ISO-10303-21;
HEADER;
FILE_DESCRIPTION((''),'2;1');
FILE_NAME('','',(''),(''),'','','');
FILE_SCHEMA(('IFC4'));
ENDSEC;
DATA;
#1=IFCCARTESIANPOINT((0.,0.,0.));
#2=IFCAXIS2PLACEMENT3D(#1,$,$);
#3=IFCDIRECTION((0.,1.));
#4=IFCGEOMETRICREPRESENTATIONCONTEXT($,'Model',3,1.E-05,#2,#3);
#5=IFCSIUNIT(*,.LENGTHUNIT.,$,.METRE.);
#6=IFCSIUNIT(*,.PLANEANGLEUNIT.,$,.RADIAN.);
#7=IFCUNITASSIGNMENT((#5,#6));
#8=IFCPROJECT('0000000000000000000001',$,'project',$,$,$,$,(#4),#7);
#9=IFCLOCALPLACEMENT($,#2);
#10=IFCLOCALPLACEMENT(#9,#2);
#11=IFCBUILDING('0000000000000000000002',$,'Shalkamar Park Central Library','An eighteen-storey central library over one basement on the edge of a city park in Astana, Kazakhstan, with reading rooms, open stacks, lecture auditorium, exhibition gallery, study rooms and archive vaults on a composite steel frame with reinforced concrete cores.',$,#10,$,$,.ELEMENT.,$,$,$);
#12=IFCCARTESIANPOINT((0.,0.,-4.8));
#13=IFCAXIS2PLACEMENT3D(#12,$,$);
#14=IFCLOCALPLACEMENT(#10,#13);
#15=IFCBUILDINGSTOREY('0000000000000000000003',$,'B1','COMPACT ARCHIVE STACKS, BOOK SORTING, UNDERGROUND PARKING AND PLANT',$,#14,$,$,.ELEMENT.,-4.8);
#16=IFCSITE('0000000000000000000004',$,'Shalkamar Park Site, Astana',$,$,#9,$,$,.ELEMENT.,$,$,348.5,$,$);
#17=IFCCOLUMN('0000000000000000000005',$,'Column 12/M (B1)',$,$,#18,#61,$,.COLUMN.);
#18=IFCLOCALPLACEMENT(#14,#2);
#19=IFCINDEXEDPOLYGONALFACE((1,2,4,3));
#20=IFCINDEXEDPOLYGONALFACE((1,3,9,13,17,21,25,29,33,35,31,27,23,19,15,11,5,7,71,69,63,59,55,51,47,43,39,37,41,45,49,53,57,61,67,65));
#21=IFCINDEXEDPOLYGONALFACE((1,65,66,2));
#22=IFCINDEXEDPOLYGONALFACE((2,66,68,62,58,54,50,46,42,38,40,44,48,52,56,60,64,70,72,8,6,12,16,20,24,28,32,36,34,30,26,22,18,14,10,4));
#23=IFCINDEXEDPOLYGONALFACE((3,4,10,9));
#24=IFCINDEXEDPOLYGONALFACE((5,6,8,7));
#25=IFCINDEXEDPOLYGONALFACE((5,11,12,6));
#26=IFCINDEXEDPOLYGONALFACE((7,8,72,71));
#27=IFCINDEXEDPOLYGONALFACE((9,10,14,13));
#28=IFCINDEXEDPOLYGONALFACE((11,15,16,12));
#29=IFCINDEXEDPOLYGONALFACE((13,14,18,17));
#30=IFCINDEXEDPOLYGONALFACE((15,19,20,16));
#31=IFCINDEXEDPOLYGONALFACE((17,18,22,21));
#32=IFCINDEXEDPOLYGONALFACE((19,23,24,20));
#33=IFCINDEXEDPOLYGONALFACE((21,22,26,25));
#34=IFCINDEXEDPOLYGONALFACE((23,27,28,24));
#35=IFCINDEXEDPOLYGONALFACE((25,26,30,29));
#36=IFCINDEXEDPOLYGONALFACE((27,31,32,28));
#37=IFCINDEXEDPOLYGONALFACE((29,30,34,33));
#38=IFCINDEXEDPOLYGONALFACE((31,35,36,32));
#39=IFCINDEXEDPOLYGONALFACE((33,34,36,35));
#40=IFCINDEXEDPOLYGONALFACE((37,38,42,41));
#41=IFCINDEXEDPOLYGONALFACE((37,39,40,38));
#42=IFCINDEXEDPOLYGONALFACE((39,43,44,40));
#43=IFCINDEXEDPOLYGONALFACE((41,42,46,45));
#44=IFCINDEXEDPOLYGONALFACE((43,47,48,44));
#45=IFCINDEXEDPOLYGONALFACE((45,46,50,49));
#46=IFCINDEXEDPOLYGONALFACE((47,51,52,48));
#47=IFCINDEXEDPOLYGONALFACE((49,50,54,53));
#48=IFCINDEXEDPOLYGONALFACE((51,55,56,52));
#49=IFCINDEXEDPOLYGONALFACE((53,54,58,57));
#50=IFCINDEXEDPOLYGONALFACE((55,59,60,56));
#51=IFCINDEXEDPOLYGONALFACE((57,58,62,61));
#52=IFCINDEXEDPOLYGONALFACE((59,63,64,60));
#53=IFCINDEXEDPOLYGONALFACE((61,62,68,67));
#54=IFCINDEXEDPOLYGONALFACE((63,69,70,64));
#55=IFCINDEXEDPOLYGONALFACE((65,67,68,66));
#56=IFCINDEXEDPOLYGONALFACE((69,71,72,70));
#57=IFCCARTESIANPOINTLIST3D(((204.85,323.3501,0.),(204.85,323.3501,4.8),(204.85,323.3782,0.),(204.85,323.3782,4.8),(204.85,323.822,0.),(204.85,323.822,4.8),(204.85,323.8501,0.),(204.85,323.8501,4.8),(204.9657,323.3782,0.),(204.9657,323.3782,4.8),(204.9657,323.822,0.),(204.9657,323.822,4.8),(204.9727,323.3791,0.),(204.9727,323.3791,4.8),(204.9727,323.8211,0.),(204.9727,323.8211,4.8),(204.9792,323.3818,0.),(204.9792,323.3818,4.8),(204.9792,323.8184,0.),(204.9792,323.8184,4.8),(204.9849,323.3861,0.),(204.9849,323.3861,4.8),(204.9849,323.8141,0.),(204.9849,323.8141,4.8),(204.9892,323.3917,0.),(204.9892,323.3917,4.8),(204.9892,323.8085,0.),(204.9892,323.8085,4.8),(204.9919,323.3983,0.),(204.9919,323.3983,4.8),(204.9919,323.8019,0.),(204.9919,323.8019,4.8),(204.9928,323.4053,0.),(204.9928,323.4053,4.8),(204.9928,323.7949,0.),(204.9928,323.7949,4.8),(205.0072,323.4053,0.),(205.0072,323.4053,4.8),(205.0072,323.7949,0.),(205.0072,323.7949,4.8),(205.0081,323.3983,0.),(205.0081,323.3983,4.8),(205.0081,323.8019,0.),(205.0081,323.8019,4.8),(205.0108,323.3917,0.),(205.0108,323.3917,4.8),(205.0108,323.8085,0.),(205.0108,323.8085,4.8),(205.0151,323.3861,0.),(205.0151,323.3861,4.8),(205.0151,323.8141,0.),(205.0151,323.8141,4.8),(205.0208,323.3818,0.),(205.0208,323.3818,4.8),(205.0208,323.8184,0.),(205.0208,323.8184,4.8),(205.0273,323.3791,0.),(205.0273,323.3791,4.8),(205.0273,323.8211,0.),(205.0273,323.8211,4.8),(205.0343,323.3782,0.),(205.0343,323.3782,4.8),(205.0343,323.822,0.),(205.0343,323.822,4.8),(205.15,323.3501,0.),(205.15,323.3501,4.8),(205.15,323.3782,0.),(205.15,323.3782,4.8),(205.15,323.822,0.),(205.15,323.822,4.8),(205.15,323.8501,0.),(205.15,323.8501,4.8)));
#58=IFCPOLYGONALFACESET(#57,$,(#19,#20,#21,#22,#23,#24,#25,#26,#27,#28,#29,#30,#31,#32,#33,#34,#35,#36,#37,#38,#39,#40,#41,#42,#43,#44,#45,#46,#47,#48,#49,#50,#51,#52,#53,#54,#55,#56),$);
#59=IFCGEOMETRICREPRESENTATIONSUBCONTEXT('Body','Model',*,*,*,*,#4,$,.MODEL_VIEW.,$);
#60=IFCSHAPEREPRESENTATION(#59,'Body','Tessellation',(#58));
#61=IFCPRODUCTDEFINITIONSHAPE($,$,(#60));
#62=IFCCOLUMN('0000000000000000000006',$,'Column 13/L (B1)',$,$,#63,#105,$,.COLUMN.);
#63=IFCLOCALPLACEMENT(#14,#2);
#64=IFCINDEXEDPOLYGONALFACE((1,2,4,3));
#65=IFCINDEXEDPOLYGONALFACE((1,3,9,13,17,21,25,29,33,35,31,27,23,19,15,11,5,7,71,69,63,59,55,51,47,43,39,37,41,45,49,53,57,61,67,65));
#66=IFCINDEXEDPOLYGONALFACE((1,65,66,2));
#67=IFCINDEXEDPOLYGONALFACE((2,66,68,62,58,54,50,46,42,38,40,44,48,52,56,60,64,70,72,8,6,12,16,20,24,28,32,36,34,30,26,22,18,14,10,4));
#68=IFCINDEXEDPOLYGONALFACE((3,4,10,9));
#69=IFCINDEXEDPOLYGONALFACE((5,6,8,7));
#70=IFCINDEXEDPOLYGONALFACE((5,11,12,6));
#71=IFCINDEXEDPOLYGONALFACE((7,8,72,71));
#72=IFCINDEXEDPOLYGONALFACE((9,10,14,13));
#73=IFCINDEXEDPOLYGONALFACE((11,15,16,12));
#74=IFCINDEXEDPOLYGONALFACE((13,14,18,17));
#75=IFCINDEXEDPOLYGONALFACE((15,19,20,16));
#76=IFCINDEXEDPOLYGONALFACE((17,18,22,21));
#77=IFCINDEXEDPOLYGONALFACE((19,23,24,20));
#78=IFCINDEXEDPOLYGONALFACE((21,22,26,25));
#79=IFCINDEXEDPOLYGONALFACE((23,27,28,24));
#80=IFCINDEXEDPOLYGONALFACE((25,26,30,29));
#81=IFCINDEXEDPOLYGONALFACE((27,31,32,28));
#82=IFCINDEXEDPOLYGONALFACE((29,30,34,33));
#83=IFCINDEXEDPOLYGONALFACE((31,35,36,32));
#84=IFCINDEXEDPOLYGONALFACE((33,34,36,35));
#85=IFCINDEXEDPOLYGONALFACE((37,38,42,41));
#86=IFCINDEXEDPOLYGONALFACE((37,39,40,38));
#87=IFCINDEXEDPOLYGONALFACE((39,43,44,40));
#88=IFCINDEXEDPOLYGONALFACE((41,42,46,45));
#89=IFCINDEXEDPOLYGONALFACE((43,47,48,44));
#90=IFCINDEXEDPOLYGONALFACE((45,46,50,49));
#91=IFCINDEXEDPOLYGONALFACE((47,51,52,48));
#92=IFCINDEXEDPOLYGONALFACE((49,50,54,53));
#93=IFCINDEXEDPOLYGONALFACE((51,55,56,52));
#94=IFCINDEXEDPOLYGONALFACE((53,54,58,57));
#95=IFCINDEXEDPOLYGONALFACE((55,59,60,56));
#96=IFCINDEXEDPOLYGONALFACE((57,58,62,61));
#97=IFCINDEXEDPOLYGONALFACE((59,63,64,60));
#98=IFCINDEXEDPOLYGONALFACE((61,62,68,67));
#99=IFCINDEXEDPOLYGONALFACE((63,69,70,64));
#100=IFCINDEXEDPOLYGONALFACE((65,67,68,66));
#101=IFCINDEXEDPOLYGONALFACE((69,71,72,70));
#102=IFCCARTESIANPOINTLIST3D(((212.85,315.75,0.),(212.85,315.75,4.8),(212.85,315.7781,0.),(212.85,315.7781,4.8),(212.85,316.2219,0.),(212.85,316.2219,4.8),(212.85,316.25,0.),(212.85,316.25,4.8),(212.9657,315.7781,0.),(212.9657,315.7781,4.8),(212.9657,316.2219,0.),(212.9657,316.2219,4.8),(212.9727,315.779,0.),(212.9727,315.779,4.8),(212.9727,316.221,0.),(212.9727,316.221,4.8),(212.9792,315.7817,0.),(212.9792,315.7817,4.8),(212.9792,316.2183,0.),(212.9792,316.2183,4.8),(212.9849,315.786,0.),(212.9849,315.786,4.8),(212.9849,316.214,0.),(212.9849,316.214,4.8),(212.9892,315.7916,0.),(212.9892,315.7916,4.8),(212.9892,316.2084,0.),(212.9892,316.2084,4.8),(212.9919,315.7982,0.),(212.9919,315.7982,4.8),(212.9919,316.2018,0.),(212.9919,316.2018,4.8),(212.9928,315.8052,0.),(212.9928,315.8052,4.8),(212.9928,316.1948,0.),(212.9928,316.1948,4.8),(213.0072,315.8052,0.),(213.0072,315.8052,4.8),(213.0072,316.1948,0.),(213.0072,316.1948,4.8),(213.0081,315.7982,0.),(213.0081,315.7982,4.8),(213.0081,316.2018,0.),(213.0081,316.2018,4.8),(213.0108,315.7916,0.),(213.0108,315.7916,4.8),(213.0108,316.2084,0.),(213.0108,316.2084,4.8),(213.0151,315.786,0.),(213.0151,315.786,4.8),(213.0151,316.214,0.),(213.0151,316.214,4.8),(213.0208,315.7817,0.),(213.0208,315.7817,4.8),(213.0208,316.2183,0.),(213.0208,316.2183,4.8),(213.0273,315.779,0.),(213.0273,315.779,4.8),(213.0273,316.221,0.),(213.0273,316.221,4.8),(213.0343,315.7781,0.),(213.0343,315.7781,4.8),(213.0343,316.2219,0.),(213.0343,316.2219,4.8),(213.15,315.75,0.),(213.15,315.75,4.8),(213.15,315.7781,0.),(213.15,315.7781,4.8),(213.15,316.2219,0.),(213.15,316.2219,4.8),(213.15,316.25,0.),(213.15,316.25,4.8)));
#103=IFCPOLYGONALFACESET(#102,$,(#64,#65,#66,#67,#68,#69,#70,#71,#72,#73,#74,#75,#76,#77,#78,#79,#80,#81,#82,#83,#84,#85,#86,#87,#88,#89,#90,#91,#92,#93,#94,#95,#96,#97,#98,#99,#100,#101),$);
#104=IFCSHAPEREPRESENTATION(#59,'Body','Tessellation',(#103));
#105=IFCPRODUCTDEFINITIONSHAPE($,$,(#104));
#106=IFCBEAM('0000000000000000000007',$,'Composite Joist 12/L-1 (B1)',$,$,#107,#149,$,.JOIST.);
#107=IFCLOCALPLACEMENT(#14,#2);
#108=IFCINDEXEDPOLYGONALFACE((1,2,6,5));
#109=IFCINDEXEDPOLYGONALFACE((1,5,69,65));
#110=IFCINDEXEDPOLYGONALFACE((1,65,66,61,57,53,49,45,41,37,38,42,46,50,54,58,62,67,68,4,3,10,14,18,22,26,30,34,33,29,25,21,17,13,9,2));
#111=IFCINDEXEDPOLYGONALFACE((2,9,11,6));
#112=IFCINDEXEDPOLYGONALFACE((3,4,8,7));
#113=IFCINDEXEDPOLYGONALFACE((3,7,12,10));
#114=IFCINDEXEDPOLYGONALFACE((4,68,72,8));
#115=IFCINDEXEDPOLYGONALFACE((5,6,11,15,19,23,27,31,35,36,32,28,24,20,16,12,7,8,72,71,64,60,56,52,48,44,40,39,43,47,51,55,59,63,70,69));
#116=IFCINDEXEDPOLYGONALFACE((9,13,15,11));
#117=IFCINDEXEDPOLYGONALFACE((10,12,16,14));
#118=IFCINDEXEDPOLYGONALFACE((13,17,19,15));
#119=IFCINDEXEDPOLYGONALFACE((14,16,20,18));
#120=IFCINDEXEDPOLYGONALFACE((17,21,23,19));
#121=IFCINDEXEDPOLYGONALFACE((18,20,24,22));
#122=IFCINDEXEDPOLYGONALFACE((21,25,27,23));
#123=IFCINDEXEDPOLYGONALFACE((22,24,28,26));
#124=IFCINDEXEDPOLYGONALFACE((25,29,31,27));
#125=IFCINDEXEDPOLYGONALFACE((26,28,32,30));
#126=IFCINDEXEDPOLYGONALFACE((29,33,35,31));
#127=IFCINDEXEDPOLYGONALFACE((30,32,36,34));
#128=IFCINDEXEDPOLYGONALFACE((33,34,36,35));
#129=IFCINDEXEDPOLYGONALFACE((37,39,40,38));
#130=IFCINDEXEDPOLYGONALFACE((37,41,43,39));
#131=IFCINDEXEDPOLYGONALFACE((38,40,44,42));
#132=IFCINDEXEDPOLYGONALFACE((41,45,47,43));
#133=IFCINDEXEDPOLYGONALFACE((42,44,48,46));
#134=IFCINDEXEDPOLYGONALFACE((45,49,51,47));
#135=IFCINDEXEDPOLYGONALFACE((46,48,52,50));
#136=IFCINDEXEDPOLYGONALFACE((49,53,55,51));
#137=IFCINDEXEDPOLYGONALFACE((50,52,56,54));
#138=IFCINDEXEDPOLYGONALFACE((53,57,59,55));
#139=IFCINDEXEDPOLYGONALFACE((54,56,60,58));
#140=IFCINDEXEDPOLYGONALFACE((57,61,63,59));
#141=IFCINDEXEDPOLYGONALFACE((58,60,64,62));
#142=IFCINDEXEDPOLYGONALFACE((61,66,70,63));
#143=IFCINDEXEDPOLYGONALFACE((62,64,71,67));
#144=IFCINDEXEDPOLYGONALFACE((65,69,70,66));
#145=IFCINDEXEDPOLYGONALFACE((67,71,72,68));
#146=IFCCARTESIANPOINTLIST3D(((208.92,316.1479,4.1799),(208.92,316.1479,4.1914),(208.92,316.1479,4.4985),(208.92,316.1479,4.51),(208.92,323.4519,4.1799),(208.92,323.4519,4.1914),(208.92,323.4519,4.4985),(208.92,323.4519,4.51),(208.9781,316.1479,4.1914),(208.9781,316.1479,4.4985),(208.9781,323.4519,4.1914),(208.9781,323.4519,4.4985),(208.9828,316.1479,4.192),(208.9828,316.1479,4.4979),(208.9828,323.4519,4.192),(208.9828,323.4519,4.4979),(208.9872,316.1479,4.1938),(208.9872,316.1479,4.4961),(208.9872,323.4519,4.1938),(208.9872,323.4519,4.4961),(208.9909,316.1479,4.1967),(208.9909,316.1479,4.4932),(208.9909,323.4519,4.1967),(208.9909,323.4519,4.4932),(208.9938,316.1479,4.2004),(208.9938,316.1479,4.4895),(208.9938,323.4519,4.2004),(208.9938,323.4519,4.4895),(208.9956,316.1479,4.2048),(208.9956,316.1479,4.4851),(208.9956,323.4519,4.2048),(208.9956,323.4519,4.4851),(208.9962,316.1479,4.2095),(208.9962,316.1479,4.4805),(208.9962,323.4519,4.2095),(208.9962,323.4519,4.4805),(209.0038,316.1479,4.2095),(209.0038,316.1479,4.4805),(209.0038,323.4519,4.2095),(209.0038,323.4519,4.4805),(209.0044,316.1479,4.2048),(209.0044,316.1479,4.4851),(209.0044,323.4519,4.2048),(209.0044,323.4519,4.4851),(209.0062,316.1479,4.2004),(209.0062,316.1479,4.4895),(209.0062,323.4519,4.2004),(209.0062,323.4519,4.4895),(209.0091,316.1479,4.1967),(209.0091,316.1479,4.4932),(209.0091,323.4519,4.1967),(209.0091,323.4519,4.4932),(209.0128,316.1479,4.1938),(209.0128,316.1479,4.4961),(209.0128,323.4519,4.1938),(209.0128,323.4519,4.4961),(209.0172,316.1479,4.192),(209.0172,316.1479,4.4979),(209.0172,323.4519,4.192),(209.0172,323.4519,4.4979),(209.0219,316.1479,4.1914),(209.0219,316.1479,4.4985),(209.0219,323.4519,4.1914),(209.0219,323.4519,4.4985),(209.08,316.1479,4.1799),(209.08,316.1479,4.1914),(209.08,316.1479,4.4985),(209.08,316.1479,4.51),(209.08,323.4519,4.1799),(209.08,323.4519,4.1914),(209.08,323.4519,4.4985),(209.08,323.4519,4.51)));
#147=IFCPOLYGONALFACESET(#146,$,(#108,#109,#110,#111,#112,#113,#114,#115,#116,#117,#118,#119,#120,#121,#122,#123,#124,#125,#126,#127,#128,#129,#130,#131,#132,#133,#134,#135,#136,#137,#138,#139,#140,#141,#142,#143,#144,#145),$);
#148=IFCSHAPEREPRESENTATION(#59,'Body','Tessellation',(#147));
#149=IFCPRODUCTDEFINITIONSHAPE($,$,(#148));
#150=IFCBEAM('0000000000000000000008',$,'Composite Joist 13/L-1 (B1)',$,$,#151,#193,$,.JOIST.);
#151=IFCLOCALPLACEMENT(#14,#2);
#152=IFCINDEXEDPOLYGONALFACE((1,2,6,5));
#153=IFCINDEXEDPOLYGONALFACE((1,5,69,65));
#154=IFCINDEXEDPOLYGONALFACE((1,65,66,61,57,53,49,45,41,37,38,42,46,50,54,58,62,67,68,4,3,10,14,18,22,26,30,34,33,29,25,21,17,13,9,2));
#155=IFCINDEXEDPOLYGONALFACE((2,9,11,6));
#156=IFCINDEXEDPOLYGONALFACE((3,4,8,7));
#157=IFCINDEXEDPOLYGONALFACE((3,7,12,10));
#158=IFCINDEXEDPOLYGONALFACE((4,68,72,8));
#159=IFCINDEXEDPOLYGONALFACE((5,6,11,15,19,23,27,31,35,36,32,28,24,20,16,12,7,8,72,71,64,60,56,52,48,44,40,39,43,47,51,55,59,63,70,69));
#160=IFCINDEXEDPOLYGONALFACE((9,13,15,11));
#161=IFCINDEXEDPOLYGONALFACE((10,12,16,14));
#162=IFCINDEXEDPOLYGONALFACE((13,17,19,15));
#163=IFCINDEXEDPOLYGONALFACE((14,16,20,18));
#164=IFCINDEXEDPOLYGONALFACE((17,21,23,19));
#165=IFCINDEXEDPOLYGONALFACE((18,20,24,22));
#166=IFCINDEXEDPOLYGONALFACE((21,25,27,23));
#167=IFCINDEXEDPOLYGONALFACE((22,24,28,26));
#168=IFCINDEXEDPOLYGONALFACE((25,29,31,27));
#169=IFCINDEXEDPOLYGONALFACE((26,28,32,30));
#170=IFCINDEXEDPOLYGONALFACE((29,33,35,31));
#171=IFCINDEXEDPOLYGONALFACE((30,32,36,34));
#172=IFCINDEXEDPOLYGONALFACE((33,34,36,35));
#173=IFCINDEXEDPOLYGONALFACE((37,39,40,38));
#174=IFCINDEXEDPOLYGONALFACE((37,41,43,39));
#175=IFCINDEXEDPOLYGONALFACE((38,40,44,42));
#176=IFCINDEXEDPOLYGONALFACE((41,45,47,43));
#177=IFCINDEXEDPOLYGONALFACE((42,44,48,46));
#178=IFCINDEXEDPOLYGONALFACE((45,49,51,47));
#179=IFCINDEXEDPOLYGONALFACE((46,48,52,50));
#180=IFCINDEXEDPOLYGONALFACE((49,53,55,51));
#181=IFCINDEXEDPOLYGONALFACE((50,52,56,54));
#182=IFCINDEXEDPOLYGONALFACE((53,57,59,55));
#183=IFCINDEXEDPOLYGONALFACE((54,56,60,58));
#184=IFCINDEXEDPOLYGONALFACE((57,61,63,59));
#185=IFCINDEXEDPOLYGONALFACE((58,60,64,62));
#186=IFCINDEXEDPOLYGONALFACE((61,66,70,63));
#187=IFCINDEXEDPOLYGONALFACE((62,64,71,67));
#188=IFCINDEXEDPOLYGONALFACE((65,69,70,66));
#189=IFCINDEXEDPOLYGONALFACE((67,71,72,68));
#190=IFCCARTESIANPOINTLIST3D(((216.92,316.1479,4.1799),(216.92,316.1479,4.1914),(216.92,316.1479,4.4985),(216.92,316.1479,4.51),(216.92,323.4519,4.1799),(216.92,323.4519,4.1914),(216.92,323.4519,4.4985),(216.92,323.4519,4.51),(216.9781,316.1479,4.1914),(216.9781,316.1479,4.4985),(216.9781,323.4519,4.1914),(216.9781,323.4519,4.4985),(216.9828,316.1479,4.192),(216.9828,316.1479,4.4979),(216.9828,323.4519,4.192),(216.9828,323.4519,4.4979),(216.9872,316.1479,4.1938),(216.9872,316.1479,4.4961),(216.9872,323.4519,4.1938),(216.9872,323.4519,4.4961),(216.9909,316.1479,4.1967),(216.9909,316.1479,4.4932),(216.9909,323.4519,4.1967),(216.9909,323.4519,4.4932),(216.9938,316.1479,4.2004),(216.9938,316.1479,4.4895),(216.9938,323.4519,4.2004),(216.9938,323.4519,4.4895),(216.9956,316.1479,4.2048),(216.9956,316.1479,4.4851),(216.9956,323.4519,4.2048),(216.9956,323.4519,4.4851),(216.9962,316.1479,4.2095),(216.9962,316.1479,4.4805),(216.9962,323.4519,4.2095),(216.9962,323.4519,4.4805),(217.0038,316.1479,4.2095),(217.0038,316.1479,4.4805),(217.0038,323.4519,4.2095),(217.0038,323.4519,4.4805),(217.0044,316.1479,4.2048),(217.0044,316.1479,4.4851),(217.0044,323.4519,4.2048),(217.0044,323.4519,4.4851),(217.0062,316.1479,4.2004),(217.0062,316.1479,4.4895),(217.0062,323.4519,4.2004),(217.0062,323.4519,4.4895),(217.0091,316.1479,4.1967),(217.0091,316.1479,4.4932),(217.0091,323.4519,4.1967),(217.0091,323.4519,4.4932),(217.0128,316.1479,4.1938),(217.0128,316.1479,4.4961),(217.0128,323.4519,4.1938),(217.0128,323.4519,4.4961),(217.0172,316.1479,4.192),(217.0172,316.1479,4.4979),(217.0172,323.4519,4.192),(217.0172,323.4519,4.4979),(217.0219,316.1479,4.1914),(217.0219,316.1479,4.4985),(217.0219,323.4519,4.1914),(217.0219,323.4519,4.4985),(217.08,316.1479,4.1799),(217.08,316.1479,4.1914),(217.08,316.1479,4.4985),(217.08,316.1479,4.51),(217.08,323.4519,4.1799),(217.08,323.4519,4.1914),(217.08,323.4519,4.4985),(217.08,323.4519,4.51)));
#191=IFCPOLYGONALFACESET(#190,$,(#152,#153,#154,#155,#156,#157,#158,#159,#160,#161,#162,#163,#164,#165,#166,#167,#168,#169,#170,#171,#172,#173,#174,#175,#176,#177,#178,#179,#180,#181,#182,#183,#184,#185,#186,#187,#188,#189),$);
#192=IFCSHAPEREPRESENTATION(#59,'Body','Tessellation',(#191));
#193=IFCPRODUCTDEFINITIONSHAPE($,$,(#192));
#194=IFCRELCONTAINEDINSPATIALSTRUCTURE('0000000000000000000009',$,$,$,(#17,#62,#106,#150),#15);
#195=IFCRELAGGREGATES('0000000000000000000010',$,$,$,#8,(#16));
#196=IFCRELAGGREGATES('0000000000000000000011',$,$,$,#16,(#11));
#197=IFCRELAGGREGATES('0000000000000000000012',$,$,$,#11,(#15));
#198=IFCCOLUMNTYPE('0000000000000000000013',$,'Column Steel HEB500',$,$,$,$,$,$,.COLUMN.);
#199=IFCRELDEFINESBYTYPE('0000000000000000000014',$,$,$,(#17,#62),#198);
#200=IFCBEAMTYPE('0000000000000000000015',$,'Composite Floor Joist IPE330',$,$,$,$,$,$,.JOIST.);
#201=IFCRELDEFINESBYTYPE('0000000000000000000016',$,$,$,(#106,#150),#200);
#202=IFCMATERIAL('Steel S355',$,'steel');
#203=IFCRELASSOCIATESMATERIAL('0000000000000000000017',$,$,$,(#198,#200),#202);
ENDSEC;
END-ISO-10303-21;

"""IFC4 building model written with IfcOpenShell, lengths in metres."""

from ifc_helpers import new_model, si_unit, direction, frame, origin, origin_2d, place, context, subcontext, project, spatial, i_section, extrude, material, material_profile, profile_set, type_object, element, save


model = new_model("IFC4")

# Units and contexts
model_context = context("Model", 3, precision=1e-05, world=origin(), true_north=direction((0.0, 1.0)))
body_context = subcontext(model_context, "Body", "Model", "MODEL_VIEW")
ifc_project = project(units=[si_unit("LENGTHUNIT", "METRE"), si_unit("PLANEANGLEUNIT", "RADIAN")], contexts=[model_context])

# Site, building, storey
site_placement = place(None, origin())
site = spatial("IfcSite", under=ifc_project, at=site_placement, Name="Shalkamar Park Site, Astana", CompositionType="ELEMENT", RefElevation=348.5)
building_placement = place(site_placement, origin())
building = spatial("IfcBuilding", under=site, at=building_placement, Name="Shalkamar Park Central Library", Description="An eighteen-storey central library over one basement on the edge of a city park in Astana, Kazakhstan, with reading rooms, open stacks, lecture auditorium, exhibition gallery, study rooms and archive vaults on a composite steel frame with reinforced concrete cores.", CompositionType="ELEMENT")
storey_placement = place(building_placement, frame((0.0, 0.0, -4.8)))
storey = spatial("IfcBuildingStorey", under=building, at=storey_placement, Name="B1", Description="COMPACT ARCHIVE STACKS, BOOK SORTING, UNDERGROUND PARKING AND PLANT", CompositionType="ELEMENT", Elevation=-4.8)

# Columns
ifc_material_1 = material(Name="Steel S355", Category="steel")
ifc_material_profile_1 = material_profile(ifc_material_1, i_section(OverallWidth=0.3, OverallDepth=0.5, WebThickness=0.0144, FlangeThickness=0.0281, FilletRadius=0.0271, at=origin_2d()), Name="HEB 500")
ifc_profile_set_1 = profile_set([ifc_material_profile_1], Name="Steel S355")
column_type_1 = type_object("IfcColumnType", Name="Column Steel HEB500", PredefinedType="COLUMN", material=ifc_profile_set_1)
for number, where, z_axis, x_axis, name in (
    (1, (205.0, 323.6001, 0.0), (0.0, 0.0, 1.0), (1.0, 0.0, 0.0), "Column 12/M (B1)"),
    (2, (213.0, 316.0, 0.0), (0.0, 0.0, 1.0), (1.0, 0.0, 0.0), "Column 13/L (B1)"),
):
    element("IfcColumn", number, at=place(storey_placement, frame(where, z_axis=z_axis, x_axis=x_axis)), inside=storey, type_object=column_type_1, Name=name, PredefinedType="COLUMN", context=body_context, shape_type="SweptSolid", body=[
        extrude(i_section(OverallWidth=0.3, OverallDepth=0.5, WebThickness=0.0144, FlangeThickness=0.0281, FilletRadius=0.0271, at=origin_2d()), origin(), (0.0, 0.0, 1.0), 4.8),
    ])

# Beams
ifc_material_profile_2 = material_profile(ifc_material_1, i_section(OverallWidth=0.1599, OverallDepth=0.3301, WebThickness=0.0076, FlangeThickness=0.0115, FilletRadius=0.0181, at=origin_2d()), Name="IPE 330")
ifc_profile_set_2 = profile_set([ifc_material_profile_2], Name="Steel S355")
beam_type_1 = type_object("IfcBeamType", Name="Composite Floor Joist IPE330", PredefinedType="JOIST", material=ifc_profile_set_2)
for number, where, z_axis, x_axis, name in (
    (3, (209.0, 316.1479, 4.345), (0.0, 1.0, 0.0), (-1.0, 0.0, 0.0), "Composite Joist 12/L-1 (B1)"),
    (4, (217.0, 316.1479, 4.345), (0.0, 1.0, 0.0), (-1.0, 0.0, 0.0), "Composite Joist 13/L-1 (B1)"),
):
    element("IfcBeam", number, at=place(storey_placement, frame(where, z_axis=z_axis, x_axis=x_axis)), inside=storey, type_object=beam_type_1, Name=name, PredefinedType="JOIST", context=body_context, shape_type="SweptSolid", body=[
        extrude(i_section(OverallWidth=0.1599, OverallDepth=0.3301, WebThickness=0.0076, FlangeThickness=0.0115, FilletRadius=0.0181, at=origin_2d()), origin(), (0.0, 0.0, 1.0), 7.304),
    ])

save(model, "model.ifc")
